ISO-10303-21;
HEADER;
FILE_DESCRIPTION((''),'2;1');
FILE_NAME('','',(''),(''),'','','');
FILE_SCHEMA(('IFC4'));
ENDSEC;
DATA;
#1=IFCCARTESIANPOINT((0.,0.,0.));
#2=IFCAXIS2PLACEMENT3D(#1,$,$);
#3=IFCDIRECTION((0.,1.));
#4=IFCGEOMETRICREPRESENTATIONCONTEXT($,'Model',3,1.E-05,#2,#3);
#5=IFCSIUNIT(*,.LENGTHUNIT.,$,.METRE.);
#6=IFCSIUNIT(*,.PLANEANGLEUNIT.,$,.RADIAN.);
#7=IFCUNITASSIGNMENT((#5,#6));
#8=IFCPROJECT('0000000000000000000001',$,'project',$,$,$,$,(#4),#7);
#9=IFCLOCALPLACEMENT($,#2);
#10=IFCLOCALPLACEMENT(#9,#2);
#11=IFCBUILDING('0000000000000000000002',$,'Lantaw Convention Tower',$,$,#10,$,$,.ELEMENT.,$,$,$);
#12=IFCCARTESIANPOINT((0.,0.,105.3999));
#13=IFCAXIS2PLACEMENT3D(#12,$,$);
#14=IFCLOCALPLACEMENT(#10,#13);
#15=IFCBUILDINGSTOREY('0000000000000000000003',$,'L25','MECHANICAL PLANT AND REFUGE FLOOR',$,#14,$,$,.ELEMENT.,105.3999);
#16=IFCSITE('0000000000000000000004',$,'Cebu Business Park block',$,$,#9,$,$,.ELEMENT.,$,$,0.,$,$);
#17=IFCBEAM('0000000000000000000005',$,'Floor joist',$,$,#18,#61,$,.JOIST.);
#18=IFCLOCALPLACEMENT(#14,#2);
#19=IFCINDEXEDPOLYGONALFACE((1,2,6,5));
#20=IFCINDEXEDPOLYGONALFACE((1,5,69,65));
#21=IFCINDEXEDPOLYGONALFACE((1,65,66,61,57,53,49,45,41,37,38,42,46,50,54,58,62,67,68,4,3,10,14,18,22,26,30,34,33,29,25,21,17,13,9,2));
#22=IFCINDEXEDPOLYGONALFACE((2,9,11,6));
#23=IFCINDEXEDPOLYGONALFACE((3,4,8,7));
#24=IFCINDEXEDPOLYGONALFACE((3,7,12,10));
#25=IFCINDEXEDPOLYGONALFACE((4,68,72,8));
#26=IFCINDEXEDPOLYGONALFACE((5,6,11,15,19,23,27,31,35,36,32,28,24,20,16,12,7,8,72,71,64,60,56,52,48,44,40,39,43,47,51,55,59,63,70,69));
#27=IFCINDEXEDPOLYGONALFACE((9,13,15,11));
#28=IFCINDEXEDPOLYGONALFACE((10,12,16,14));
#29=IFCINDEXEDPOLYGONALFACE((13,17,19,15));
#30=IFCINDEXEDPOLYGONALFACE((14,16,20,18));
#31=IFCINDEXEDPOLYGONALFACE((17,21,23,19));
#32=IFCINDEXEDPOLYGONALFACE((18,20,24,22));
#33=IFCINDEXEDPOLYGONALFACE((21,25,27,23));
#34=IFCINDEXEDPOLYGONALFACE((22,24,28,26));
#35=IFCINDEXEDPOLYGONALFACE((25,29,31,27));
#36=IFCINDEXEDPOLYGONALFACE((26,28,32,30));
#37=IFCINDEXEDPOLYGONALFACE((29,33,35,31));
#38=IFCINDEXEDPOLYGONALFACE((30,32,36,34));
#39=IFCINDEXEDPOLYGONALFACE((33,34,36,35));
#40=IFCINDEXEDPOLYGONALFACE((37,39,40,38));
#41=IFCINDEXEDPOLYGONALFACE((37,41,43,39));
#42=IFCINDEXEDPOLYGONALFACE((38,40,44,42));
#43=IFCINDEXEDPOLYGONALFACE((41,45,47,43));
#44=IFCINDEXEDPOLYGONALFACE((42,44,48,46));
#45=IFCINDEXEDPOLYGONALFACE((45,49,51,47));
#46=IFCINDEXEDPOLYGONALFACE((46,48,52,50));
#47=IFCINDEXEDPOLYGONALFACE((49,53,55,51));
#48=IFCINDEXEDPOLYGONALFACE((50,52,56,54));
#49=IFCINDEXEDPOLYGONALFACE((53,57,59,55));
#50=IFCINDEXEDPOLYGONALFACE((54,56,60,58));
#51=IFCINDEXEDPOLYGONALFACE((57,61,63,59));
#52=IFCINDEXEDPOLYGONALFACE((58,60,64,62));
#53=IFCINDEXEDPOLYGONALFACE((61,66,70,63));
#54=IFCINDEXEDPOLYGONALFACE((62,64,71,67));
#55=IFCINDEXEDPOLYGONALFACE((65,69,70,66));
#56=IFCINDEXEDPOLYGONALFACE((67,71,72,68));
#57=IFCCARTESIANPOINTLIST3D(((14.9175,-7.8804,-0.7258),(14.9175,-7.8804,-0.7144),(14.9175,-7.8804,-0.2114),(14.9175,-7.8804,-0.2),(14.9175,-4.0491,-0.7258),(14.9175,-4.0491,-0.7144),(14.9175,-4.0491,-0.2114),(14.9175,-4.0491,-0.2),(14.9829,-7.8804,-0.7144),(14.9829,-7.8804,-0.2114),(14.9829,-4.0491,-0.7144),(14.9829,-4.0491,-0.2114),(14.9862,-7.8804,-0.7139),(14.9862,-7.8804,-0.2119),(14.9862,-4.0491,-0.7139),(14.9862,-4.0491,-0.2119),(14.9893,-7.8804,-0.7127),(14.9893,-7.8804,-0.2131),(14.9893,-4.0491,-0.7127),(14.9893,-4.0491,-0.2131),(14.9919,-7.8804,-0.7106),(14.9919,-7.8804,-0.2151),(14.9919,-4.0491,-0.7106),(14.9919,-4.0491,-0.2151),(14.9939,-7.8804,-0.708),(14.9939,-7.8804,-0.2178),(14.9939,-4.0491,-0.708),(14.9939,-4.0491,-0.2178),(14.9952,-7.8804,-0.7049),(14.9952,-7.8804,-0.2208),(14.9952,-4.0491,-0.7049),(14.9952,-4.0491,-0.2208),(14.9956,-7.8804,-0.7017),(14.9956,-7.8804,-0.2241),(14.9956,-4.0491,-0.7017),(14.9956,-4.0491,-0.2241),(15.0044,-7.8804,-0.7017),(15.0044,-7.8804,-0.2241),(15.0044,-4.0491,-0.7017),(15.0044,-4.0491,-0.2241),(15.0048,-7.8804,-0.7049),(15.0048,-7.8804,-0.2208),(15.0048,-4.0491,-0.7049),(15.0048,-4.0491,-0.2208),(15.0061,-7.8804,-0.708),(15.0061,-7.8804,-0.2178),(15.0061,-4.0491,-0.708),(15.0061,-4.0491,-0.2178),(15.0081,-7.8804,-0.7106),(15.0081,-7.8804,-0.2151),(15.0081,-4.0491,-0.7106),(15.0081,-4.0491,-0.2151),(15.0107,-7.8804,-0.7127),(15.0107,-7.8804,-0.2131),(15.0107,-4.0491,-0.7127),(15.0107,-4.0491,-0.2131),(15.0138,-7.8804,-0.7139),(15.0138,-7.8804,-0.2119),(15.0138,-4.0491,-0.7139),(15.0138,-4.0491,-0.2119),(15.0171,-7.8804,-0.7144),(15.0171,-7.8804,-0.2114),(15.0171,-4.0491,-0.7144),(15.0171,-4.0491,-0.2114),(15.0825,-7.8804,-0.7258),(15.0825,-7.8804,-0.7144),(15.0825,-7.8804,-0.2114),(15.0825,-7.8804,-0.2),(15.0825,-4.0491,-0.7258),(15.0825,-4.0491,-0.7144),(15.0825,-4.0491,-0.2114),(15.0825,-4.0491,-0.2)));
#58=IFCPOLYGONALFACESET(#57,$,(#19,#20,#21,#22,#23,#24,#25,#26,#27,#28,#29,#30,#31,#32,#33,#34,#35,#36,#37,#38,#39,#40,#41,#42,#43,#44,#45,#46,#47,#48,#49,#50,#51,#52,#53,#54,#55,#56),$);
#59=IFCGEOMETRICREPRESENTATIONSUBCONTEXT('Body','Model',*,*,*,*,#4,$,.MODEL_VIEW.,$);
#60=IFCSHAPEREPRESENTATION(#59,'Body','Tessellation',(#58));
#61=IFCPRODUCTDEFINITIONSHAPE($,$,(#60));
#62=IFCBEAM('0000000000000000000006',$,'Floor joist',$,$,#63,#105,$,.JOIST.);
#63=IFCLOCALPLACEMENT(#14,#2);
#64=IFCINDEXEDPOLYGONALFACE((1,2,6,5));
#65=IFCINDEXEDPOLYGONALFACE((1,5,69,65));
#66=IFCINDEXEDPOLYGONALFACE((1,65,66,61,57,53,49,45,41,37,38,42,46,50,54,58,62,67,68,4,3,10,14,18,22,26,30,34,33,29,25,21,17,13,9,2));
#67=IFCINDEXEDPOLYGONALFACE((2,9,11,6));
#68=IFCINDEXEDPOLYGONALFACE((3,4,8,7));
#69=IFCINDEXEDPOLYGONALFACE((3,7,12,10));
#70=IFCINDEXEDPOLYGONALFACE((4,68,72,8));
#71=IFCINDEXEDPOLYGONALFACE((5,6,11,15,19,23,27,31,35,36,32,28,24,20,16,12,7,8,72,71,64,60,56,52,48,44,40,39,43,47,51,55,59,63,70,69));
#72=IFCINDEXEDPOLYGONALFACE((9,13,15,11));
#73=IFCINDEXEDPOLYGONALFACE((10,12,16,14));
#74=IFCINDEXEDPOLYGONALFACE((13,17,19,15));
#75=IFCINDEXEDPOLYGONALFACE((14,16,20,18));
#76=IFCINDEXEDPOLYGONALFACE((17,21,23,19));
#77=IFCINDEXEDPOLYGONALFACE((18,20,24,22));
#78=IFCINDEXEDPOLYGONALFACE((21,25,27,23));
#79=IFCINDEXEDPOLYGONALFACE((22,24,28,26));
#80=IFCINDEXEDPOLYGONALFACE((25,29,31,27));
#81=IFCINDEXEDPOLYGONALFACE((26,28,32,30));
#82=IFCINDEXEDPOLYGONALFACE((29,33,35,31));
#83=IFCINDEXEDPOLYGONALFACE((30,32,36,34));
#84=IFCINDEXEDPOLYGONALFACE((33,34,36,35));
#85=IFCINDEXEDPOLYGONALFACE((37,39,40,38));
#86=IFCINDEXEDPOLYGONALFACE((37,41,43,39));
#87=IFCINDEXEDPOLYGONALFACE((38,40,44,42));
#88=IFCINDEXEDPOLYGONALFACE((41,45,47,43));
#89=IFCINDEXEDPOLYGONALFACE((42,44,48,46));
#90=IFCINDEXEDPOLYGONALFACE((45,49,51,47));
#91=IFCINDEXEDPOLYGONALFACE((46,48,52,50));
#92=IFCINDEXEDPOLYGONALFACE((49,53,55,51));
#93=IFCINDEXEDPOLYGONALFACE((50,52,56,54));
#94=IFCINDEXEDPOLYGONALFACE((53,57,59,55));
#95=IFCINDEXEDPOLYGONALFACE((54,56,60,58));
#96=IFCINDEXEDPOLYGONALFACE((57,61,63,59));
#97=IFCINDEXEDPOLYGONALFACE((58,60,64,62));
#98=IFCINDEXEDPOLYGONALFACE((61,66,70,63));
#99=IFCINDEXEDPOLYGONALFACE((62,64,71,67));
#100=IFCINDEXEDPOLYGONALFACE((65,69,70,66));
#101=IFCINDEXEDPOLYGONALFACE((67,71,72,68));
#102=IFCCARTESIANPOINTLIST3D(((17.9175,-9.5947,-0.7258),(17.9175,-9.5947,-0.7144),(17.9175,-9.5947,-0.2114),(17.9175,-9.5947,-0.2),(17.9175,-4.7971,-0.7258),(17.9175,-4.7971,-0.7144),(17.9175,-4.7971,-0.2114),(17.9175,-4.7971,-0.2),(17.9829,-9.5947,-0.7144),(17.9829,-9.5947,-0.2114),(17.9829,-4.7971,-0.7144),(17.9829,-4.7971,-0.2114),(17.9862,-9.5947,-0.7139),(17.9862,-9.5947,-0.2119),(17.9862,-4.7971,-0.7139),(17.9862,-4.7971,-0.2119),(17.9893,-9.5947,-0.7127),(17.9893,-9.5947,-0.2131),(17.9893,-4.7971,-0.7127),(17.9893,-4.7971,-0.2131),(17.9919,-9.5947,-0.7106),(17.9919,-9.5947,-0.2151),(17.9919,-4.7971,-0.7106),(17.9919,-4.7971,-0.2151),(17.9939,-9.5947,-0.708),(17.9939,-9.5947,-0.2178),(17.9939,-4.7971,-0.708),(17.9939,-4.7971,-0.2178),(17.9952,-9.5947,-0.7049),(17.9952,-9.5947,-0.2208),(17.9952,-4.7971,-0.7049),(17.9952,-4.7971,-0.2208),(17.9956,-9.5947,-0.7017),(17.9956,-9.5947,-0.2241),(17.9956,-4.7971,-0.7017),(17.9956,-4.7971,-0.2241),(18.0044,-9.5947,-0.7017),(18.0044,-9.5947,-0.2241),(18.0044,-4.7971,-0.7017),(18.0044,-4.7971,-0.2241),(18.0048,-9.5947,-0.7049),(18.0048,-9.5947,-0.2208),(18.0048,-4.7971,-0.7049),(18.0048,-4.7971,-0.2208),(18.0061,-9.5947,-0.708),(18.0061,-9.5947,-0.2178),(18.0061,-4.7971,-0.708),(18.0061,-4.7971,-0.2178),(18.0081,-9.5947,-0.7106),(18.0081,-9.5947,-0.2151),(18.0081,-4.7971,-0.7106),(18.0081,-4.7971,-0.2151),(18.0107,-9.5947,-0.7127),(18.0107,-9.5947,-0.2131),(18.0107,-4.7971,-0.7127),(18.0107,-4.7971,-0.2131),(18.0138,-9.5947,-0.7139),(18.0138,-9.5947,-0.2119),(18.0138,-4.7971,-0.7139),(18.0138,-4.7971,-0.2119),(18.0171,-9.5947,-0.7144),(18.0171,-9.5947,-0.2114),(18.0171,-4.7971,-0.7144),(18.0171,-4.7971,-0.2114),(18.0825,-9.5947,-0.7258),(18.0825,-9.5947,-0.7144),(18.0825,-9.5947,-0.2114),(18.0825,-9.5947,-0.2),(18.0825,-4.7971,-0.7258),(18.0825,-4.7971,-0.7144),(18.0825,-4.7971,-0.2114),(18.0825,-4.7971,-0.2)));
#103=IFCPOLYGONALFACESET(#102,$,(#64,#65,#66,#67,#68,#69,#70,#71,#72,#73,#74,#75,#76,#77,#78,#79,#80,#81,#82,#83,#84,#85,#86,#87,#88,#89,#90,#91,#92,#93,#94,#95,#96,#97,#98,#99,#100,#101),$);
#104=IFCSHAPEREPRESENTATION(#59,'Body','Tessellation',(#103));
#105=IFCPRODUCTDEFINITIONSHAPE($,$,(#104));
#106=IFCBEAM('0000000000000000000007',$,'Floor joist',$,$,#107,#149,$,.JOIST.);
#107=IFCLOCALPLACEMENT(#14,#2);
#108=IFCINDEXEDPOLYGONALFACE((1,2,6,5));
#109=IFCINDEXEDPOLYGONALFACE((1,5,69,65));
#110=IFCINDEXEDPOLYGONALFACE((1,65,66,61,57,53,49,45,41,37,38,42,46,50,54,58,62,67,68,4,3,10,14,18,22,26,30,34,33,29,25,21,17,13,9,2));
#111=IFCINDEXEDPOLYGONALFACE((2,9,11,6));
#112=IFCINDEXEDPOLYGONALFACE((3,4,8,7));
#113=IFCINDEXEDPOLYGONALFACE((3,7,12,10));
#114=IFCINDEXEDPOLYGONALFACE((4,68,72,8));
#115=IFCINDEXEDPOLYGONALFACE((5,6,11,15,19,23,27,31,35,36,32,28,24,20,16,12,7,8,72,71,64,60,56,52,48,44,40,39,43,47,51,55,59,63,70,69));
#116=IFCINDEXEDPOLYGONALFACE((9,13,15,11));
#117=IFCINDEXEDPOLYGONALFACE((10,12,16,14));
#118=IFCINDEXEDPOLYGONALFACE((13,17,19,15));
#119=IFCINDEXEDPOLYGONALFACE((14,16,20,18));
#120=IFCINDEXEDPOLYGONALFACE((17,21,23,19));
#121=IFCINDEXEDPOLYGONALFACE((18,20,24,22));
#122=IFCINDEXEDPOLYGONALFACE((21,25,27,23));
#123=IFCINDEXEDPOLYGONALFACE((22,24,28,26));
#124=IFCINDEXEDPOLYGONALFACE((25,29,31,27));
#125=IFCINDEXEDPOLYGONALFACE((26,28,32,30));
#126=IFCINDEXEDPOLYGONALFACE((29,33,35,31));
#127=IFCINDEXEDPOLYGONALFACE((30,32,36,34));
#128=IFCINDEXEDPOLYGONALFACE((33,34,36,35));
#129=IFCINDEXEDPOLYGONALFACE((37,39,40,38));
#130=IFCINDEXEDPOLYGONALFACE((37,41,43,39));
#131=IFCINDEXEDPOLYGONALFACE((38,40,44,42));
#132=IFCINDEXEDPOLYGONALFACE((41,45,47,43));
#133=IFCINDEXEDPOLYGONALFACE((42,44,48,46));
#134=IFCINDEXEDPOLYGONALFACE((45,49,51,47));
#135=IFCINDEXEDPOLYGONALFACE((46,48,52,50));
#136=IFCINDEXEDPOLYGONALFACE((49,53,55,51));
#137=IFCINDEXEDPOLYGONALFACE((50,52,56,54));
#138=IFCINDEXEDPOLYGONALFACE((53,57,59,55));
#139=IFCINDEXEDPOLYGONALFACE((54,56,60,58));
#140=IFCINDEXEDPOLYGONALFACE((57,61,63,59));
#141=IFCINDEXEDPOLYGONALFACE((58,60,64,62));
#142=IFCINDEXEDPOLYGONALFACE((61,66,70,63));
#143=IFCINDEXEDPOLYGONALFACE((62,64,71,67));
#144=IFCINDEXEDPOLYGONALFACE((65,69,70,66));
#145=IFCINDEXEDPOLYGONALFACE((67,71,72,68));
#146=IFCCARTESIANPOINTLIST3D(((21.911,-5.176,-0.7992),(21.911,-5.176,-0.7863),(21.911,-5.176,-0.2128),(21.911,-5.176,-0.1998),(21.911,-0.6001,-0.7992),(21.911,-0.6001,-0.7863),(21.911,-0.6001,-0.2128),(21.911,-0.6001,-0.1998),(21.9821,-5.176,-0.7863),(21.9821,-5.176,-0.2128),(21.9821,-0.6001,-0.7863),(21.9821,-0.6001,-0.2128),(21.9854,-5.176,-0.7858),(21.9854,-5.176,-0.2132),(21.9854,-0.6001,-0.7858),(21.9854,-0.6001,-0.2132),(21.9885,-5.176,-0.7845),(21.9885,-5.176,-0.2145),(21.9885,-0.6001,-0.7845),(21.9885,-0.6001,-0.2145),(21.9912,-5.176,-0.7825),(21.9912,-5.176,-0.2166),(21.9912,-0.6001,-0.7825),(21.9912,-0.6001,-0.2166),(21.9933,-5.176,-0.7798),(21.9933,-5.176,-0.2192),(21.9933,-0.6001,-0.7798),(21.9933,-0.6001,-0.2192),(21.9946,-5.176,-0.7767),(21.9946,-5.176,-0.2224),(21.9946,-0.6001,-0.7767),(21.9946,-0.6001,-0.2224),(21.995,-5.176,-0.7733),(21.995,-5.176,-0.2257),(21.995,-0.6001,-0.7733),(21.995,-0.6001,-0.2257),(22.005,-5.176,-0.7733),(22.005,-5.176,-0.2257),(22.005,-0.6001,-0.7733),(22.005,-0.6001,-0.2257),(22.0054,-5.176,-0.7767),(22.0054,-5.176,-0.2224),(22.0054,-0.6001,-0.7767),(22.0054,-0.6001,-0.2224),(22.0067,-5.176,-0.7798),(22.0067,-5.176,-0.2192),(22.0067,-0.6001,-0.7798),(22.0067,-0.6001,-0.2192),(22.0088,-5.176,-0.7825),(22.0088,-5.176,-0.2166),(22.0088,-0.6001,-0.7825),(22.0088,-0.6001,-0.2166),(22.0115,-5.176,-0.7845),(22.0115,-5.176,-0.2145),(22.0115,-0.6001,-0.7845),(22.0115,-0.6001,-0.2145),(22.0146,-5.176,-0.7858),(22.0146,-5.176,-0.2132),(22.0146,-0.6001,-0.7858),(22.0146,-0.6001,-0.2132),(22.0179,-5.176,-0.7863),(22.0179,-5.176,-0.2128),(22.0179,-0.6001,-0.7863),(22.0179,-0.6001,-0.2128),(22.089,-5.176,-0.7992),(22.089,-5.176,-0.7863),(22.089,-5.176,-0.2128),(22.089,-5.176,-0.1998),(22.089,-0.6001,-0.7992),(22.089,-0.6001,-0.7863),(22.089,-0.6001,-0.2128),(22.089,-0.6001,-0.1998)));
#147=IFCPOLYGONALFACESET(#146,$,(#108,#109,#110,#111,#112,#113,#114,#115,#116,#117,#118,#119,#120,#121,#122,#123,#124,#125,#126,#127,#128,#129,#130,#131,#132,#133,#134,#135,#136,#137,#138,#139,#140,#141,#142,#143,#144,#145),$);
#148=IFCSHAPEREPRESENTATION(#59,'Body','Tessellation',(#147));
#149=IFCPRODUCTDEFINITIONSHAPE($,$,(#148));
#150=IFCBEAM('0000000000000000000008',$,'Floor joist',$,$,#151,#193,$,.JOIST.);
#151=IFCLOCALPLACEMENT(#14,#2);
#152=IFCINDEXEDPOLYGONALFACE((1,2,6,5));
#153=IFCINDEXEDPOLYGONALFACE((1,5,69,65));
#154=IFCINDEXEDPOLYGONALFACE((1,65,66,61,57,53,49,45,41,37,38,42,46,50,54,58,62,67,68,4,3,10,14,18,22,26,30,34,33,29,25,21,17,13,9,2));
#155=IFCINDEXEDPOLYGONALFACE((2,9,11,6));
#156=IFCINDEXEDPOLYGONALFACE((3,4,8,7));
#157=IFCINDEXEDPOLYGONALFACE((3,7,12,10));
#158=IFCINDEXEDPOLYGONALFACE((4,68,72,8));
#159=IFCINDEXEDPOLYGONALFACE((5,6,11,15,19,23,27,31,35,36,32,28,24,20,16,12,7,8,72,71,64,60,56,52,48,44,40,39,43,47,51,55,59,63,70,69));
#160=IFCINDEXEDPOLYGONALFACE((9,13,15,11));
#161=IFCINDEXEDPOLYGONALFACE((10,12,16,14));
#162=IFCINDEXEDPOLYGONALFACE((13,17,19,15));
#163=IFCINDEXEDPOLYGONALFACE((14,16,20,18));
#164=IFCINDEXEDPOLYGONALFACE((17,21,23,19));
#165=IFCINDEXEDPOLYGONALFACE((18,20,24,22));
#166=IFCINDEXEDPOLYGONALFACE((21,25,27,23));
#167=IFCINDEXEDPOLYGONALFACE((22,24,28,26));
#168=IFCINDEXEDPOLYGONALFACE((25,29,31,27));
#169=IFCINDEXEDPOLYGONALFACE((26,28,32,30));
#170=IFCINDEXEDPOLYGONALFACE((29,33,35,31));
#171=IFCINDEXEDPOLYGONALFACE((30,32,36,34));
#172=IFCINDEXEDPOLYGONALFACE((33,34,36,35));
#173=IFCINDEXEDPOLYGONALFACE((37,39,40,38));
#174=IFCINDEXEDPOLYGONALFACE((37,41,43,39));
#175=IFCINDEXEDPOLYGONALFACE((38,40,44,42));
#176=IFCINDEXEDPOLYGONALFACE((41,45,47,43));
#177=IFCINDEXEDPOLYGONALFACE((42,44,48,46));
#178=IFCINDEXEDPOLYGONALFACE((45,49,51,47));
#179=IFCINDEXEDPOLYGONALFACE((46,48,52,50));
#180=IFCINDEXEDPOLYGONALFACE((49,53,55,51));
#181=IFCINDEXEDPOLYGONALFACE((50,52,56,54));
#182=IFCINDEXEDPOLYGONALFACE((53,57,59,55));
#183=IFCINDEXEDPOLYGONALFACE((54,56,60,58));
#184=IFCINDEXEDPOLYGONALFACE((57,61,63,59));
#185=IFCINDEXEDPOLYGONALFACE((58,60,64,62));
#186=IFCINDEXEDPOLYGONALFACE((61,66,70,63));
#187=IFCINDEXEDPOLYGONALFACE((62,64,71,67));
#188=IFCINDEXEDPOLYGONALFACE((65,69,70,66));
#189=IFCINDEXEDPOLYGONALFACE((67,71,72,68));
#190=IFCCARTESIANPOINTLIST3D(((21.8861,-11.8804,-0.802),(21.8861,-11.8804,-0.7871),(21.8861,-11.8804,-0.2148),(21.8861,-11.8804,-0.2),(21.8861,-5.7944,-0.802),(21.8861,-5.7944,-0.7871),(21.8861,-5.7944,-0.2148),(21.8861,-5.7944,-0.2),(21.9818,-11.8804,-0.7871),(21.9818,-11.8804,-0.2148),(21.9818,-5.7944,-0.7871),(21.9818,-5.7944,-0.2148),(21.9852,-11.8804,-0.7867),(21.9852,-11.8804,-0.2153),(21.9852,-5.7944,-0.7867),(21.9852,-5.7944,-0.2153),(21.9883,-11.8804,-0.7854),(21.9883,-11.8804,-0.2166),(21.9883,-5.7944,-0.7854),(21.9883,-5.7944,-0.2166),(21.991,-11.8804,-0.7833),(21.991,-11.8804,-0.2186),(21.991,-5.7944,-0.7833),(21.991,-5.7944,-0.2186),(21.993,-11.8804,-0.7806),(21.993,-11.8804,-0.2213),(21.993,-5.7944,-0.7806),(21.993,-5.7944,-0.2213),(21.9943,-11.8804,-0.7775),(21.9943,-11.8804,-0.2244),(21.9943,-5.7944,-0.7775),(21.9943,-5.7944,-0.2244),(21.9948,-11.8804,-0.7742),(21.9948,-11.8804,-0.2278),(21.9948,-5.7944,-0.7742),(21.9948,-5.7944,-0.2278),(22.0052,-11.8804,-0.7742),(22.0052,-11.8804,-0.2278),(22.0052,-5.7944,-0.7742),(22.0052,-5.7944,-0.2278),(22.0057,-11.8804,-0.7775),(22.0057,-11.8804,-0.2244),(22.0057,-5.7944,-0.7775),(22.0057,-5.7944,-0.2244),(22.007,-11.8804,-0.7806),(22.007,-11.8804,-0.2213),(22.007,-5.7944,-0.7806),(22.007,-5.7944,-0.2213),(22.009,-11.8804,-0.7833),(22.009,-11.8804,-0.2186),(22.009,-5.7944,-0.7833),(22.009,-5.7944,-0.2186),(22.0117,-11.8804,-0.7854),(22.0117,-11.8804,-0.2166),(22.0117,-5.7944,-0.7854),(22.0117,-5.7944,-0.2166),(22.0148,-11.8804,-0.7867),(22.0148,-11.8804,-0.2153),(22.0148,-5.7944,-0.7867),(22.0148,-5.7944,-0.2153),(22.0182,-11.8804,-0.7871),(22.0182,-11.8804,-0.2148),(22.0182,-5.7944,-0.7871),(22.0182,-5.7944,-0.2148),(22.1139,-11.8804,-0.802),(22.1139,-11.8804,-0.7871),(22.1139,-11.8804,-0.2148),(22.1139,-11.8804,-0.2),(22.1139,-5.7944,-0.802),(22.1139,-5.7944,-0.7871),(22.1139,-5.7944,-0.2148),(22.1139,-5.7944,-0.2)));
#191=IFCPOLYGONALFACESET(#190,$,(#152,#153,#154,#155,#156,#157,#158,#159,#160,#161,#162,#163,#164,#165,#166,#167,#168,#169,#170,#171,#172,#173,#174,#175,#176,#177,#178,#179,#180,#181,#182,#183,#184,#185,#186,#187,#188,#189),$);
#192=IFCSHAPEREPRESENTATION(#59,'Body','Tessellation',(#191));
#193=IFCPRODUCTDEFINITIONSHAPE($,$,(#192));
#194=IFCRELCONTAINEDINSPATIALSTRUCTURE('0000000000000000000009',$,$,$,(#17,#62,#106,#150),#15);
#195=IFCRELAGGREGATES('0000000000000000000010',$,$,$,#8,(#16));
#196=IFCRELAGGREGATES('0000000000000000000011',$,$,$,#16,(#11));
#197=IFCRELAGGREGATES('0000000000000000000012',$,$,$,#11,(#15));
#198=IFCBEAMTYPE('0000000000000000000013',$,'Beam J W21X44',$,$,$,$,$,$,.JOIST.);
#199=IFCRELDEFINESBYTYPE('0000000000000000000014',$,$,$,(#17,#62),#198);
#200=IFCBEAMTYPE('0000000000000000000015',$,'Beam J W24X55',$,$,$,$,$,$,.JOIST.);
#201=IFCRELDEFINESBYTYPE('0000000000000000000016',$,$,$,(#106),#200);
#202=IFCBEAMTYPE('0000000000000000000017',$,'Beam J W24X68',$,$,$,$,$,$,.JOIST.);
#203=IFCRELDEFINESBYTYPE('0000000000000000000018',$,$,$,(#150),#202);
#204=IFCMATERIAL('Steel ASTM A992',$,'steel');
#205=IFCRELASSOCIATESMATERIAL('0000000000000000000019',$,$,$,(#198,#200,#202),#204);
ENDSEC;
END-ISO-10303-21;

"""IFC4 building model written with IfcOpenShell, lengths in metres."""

from ifc_helpers import new_model, si_unit, direction, frame, origin, origin_2d, place, context, subcontext, project, spatial, i_section, extrude, material, material_profile, profile_set, type_object, element, save


model = new_model("IFC4")

# Units and contexts
model_context = context("Model", 3, precision=1e-05, world=origin(), true_north=direction((0.0, 1.0)))
body_context = subcontext(model_context, "Body", "Model", "MODEL_VIEW")
ifc_project = project(units=[si_unit("LENGTHUNIT", "METRE"), si_unit("PLANEANGLEUNIT", "RADIAN")], contexts=[model_context])

# Site, building, storey
site_placement = place(None, origin())
site = spatial("IfcSite", under=ifc_project, at=site_placement, Name="Cebu Business Park block", CompositionType="ELEMENT", RefElevation=0.0)
building_placement = place(site_placement, origin())
building = spatial("IfcBuilding", under=site, at=building_placement, Name="Lantaw Convention Tower", CompositionType="ELEMENT")
storey_placement = place(building_placement, frame((0.0, 0.0, 105.3999)))
storey = spatial("IfcBuildingStorey", under=building, at=storey_placement, Name="L25", Description="MECHANICAL PLANT AND REFUGE FLOOR", CompositionType="ELEMENT", Elevation=105.3999)

# Beams
ifc_material_1 = material(Name="Steel ASTM A992", Category="steel")
ifc_material_profile_1 = material_profile(ifc_material_1, i_section(OverallWidth=0.165, OverallDepth=0.5259, WebThickness=0.0088, FlangeThickness=0.0115, FilletRadius=0.0127, at=origin_2d()), Name="W21X44")
ifc_profile_set_1 = profile_set([ifc_material_profile_1], Name="Steel ASTM A992")
beam_type_1 = type_object("IfcBeamType", Name="Beam J W21X44", PredefinedType="JOIST", material=ifc_profile_set_1)
beam_1_placement = place(storey_placement, frame((15.0, -7.8804, -0.4629), z_axis=(0.0, 1.0, 0.0), x_axis=(-1.0, 0.0, 0.0)))
element("IfcBeam", 1, at=beam_1_placement, inside=storey, type_object=beam_type_1, Name="Floor joist", PredefinedType="JOIST", context=body_context, shape_type="SweptSolid", body=[
    extrude(i_section(OverallWidth=0.165, OverallDepth=0.5259, WebThickness=0.0088, FlangeThickness=0.0115, FilletRadius=0.0127, at=origin_2d()), origin(), (0.0, 0.0, 1.0), 3.8313),
])
beam_2_placement = place(storey_placement, frame((18.0, -9.5947, -0.4629), z_axis=(0.0, 1.0, 0.0), x_axis=(-1.0, 0.0, 0.0)))
element("IfcBeam", 2, at=beam_2_placement, inside=storey, type_object=beam_type_1, Name="Floor joist", PredefinedType="JOIST", context=body_context, shape_type="SweptSolid", body=[
    extrude(i_section(OverallWidth=0.165, OverallDepth=0.5259, WebThickness=0.0088, FlangeThickness=0.0115, FilletRadius=0.0127, at=origin_2d()), origin(), (0.0, 0.0, 1.0), 4.7976),
])
ifc_material_profile_2 = material_profile(ifc_material_1, i_section(OverallWidth=0.178, OverallDepth=0.5994, WebThickness=0.01, FlangeThickness=0.0129, FilletRadius=0.0129, at=origin_2d()), Name="W24X55")
ifc_profile_set_2 = profile_set([ifc_material_profile_2], Name="Steel ASTM A992")
beam_type_2 = type_object("IfcBeamType", Name="Beam J W24X55", PredefinedType="JOIST", material=ifc_profile_set_2)
beam_3_placement = place(storey_placement, frame((22.0, -5.176, -0.4995), z_axis=(0.0, 1.0, 0.0), x_axis=(-1.0, 0.0, 0.0)))
element("IfcBeam", 3, at=beam_3_placement, inside=storey, type_object=beam_type_2, Name="Floor joist", PredefinedType="JOIST", context=body_context, shape_type="SweptSolid", body=[
    extrude(i_section(OverallWidth=0.178, OverallDepth=0.5994, WebThickness=0.01, FlangeThickness=0.0129, FilletRadius=0.0129, at=origin_2d()), origin(), (0.0, 0.0, 1.0), 4.5759),
])
ifc_material_profile_3 = material_profile(ifc_material_1, i_section(OverallWidth=0.2278, OverallDepth=0.6021, WebThickness=0.0105, FlangeThickness=0.0149, FilletRadius=0.0129, at=origin_2d()), Name="W24X68")
ifc_profile_set_3 = profile_set([ifc_material_profile_3], Name="Steel ASTM A992")
beam_type_3 = type_object("IfcBeamType", Name="Beam J W24X68", PredefinedType="JOIST", material=ifc_profile_set_3)
beam_4_placement = place(storey_placement, frame((22.0, -11.8804, -0.501), z_axis=(0.0, 1.0, 0.0), x_axis=(-1.0, 0.0, 0.0)))
element("IfcBeam", 4, at=beam_4_placement, inside=storey, type_object=beam_type_3, Name="Floor joist", PredefinedType="JOIST", context=body_context, shape_type="SweptSolid", body=[
    extrude(i_section(OverallWidth=0.2278, OverallDepth=0.6021, WebThickness=0.0105, FlangeThickness=0.0149, FilletRadius=0.0129, at=origin_2d()), origin(), (0.0, 0.0, 1.0), 6.0859),
])

save(model, "model.ifc")
